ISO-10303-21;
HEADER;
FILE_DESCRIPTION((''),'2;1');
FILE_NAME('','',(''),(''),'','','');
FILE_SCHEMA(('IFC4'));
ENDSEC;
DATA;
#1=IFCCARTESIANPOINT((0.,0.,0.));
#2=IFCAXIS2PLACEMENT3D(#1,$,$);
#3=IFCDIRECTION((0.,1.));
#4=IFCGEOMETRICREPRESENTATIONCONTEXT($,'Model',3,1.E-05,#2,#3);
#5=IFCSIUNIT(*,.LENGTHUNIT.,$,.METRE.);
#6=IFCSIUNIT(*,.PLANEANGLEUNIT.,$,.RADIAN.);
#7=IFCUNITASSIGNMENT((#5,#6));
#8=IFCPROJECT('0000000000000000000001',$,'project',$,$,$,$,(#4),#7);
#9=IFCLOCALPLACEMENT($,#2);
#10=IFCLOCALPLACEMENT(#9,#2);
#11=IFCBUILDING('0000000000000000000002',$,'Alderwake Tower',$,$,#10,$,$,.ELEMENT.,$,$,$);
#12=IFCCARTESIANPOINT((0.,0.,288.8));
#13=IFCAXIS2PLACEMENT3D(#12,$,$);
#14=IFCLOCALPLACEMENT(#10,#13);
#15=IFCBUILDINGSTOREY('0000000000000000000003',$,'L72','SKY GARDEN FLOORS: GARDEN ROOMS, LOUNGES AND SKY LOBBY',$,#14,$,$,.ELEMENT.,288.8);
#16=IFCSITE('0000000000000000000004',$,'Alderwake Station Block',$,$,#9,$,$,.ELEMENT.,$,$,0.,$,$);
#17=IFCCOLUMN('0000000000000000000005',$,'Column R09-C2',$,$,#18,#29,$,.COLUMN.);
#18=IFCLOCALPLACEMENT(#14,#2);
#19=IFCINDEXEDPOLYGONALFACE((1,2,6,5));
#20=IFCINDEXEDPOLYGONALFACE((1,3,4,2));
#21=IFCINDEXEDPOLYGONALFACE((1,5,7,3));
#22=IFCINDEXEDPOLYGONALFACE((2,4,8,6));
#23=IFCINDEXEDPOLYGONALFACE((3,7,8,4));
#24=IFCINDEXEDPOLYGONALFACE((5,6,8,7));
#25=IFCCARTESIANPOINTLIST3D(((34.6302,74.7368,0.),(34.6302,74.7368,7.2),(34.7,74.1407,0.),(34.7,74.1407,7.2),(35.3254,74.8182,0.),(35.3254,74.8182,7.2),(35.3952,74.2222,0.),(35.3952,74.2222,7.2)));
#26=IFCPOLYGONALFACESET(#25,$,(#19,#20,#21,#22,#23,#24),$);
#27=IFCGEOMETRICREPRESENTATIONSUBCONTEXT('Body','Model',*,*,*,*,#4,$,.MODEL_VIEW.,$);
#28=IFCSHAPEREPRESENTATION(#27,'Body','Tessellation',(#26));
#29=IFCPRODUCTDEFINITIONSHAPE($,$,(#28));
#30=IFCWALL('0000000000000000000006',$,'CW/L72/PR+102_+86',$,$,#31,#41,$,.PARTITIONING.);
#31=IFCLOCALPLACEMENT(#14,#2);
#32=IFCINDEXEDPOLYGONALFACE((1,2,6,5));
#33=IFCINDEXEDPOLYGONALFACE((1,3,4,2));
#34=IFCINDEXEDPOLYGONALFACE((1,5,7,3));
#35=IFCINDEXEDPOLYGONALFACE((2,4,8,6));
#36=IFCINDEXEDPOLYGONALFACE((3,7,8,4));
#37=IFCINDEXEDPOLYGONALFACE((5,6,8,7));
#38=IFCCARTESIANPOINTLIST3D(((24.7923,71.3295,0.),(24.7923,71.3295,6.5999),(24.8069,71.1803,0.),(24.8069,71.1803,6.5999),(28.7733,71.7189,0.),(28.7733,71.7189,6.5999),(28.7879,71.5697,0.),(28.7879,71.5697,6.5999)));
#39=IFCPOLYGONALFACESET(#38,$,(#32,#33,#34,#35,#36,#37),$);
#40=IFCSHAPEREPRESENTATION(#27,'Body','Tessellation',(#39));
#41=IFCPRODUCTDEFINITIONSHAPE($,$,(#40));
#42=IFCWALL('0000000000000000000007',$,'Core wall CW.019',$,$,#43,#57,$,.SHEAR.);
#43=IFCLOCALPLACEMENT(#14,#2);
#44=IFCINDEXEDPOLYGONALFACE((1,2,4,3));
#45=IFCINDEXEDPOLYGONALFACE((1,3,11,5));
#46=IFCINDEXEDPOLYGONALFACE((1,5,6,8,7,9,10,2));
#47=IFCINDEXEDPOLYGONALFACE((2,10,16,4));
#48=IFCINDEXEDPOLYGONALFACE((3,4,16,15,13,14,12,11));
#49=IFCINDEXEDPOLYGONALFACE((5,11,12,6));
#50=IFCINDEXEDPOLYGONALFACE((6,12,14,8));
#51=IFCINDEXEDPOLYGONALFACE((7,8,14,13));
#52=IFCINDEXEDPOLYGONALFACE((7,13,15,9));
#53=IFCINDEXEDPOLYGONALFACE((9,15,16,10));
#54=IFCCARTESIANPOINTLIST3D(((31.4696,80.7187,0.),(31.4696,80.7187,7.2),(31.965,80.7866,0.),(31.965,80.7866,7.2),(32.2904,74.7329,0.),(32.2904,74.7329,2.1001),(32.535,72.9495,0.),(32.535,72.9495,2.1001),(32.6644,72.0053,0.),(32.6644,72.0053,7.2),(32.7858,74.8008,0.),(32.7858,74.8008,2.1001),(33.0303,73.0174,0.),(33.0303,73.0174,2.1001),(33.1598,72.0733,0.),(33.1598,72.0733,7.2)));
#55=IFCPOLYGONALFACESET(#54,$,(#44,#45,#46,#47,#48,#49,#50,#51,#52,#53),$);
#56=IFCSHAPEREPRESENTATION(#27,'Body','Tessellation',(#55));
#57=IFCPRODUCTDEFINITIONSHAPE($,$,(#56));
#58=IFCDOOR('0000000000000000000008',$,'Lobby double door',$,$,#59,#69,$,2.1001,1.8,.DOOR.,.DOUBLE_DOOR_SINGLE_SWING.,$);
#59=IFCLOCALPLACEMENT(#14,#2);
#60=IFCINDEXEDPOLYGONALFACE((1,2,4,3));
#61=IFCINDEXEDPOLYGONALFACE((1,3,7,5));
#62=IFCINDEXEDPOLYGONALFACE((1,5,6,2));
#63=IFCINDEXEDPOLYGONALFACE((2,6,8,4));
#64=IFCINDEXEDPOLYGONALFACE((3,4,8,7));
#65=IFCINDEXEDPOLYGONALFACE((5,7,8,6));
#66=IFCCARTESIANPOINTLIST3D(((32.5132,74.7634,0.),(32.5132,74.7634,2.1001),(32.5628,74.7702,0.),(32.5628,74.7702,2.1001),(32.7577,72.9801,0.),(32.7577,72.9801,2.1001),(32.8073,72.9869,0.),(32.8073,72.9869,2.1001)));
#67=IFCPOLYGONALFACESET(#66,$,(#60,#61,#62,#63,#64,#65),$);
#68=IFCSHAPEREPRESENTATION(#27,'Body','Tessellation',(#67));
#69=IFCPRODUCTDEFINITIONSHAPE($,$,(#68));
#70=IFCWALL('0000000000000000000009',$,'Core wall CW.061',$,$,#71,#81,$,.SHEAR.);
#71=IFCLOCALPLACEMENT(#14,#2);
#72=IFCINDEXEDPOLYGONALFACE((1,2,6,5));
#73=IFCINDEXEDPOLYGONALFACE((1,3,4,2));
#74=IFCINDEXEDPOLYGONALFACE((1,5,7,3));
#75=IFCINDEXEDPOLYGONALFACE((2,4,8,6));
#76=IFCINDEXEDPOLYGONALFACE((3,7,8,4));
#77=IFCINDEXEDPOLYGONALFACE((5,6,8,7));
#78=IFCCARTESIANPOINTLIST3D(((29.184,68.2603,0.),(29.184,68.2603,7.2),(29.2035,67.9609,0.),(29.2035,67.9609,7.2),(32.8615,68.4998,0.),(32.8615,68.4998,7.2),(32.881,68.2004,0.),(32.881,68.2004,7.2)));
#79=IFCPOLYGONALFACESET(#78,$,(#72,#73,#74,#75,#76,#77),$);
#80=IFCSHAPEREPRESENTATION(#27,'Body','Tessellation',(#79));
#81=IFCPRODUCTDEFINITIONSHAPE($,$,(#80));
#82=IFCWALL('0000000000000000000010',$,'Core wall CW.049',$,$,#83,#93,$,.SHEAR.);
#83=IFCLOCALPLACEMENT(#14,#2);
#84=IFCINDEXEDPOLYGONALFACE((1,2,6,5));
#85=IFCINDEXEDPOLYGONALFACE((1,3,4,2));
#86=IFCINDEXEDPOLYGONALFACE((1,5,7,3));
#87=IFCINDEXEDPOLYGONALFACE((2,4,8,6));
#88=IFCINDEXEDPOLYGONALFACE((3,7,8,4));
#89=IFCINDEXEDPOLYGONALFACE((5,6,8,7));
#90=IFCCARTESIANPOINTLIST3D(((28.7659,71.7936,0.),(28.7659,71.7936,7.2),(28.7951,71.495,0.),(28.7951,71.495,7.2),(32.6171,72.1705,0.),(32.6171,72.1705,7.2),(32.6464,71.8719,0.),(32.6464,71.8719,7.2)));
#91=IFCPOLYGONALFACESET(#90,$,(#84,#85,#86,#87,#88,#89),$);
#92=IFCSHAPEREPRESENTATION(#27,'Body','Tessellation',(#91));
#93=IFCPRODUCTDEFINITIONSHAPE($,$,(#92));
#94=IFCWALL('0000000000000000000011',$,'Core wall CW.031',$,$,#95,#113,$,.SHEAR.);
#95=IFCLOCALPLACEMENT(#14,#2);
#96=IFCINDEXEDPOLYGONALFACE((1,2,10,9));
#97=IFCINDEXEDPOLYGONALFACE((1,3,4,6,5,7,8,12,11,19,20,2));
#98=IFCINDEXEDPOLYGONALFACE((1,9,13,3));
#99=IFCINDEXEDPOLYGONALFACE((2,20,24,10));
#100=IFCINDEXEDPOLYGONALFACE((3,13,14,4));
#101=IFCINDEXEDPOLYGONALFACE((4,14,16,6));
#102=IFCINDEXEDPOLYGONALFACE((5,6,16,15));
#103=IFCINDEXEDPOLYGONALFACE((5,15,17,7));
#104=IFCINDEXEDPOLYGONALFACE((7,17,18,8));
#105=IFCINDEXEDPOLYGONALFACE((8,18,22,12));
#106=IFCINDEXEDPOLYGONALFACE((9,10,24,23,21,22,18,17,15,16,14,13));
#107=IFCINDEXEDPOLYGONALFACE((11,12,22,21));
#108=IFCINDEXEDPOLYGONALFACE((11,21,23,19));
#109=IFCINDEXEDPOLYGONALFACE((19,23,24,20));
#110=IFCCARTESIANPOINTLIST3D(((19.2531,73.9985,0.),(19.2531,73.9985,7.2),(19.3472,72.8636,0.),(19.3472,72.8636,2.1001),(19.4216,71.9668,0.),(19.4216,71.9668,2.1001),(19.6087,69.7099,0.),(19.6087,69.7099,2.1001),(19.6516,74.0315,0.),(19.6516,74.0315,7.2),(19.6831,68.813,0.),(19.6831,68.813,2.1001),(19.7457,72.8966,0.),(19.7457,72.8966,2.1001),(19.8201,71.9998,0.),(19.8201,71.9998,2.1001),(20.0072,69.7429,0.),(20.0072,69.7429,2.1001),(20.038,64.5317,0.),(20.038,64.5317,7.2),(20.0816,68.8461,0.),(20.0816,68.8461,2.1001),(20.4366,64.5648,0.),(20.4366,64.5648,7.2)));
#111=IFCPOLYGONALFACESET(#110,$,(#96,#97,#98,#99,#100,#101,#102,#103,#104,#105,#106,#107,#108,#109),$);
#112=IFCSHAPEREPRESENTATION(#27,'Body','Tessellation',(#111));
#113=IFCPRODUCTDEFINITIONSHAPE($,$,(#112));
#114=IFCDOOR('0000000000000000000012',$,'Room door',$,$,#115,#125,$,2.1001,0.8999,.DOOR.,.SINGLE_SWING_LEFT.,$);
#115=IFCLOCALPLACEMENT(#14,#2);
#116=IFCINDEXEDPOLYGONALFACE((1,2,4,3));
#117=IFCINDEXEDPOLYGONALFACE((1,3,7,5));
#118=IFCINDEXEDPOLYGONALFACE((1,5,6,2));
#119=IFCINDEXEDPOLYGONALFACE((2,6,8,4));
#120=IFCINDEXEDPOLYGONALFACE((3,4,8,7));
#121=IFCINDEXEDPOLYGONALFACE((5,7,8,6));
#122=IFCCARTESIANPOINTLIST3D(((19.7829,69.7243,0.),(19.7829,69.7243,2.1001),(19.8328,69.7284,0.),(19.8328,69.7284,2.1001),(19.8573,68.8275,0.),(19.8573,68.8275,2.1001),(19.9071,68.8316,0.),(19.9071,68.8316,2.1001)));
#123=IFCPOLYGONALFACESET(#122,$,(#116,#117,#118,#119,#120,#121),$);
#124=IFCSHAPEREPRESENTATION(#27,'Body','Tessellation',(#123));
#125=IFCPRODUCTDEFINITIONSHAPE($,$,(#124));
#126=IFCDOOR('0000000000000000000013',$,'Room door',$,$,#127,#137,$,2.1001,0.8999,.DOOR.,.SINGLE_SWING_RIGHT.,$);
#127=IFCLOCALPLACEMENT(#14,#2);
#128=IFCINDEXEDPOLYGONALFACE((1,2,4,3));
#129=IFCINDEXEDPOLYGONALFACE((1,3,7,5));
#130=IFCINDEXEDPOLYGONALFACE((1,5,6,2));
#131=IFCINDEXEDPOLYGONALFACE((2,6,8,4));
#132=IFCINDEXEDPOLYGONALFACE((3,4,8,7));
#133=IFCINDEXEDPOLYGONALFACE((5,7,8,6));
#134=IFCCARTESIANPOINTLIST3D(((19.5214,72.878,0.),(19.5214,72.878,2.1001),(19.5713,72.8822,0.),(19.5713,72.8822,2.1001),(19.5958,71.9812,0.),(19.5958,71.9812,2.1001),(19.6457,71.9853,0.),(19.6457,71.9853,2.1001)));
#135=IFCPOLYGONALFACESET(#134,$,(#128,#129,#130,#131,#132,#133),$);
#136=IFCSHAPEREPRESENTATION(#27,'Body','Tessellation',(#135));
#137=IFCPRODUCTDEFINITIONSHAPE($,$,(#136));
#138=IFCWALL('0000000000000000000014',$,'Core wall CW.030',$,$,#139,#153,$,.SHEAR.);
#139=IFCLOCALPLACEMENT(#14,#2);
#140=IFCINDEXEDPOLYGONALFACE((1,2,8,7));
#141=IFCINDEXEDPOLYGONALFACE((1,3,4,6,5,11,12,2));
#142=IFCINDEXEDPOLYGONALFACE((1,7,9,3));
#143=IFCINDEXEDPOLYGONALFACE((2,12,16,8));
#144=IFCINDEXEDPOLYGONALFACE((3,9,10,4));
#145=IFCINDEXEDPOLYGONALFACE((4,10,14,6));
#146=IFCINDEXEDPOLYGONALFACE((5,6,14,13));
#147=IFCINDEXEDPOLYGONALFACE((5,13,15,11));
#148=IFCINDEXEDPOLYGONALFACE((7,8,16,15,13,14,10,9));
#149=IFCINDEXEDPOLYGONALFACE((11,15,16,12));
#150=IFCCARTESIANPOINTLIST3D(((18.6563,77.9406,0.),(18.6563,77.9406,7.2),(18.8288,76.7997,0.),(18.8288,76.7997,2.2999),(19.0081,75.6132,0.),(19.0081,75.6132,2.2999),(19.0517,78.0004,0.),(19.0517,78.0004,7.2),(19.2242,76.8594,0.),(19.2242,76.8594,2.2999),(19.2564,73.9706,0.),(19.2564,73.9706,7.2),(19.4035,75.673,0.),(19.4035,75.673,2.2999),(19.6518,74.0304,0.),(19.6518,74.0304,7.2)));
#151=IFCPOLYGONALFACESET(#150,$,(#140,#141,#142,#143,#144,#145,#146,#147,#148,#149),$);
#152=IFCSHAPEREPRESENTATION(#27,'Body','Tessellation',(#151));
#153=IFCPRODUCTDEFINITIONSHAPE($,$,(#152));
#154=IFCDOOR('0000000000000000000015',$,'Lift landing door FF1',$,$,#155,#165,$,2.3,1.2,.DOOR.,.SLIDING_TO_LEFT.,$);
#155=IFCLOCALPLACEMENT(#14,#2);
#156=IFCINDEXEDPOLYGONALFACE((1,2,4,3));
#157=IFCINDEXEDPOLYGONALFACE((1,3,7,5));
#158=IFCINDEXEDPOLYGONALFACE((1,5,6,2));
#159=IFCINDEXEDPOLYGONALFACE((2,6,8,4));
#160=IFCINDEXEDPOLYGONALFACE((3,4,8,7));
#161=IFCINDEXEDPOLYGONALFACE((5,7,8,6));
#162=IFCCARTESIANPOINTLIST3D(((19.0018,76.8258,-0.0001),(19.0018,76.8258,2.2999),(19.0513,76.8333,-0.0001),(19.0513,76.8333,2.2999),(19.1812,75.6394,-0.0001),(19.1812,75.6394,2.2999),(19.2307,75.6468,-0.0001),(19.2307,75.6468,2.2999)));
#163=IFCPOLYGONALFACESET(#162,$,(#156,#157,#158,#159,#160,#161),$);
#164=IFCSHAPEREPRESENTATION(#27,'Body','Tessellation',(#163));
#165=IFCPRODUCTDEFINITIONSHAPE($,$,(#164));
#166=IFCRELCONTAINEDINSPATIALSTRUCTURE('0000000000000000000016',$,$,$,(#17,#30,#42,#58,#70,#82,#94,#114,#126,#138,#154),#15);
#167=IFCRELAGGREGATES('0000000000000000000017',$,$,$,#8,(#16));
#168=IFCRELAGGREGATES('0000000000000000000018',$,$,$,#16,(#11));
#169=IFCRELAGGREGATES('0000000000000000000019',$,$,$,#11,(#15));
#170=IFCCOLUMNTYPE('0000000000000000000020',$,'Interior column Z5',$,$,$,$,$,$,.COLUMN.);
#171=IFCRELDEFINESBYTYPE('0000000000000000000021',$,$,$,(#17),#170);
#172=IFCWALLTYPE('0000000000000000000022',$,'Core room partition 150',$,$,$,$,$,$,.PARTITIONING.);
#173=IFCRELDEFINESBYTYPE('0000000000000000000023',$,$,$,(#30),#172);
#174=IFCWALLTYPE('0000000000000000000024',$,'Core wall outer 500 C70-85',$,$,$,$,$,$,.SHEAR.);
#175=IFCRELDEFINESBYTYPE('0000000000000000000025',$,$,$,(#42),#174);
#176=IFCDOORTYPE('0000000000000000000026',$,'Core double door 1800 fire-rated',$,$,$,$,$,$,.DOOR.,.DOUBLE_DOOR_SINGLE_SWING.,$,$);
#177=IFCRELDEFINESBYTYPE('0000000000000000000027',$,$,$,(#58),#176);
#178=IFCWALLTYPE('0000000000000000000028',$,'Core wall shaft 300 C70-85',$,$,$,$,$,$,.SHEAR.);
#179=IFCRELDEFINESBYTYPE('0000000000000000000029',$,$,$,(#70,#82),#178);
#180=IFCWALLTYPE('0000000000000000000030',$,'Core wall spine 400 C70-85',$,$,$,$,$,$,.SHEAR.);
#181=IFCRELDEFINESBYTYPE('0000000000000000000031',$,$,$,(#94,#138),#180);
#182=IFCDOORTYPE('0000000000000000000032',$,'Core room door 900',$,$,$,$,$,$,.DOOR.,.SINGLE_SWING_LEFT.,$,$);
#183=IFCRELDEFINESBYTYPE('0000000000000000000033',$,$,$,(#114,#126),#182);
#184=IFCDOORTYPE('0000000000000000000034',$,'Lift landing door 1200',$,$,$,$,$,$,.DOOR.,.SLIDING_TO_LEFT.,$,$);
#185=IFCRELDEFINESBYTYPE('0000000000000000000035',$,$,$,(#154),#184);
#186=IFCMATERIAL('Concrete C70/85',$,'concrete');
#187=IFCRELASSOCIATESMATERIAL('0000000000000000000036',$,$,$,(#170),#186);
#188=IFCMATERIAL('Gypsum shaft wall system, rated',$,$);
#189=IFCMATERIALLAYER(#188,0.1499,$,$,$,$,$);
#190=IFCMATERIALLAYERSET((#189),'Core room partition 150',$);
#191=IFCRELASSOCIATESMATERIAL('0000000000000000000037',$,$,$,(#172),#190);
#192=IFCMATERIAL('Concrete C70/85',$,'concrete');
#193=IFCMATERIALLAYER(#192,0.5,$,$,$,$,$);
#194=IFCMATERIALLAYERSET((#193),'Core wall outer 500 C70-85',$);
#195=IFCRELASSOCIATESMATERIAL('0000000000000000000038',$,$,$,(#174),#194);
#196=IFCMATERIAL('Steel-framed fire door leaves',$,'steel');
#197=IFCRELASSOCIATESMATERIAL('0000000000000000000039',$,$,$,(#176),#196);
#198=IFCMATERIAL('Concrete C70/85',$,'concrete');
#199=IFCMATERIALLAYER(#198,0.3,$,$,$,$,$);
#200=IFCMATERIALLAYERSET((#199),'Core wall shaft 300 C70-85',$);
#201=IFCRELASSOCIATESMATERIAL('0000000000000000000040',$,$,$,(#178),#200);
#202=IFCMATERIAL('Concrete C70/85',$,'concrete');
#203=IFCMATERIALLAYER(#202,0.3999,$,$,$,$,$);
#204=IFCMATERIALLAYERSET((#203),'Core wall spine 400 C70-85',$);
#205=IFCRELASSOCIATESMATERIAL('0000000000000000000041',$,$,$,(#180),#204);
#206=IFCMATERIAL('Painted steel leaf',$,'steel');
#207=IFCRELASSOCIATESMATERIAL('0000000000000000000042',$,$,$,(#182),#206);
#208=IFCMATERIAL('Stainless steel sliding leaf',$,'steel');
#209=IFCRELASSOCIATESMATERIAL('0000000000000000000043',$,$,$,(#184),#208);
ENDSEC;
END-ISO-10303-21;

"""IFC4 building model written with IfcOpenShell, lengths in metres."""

from ifc_helpers import new_model, si_unit, direction, frame, frame_2d, origin, origin_2d, place, context, subcontext, project, spatial, rectangle, extrude, material, layer, layer_set, material_profile, profile_set, type_object, element, fill, save


model = new_model("IFC4")

# Units and contexts
model_context = context("Model", 3, precision=1e-05, world=origin(), true_north=direction((0.0, 1.0)))
body_context = subcontext(model_context, "Body", "Model", "MODEL_VIEW")
ifc_project = project(units=[si_unit("LENGTHUNIT", "METRE"), si_unit("PLANEANGLEUNIT", "RADIAN")], contexts=[model_context])

# Site, building, storey
site_placement = place(None, origin())
site = spatial("IfcSite", under=ifc_project, at=site_placement, Name="Alderwake Station Block", CompositionType="ELEMENT", RefElevation=0.0)
building_placement = place(site_placement, origin())
building = spatial("IfcBuilding", under=site, at=building_placement, Name="Alderwake Tower", CompositionType="ELEMENT")
storey_placement = place(building_placement, frame((0.0, 0.0, 288.8)))
storey = spatial("IfcBuildingStorey", under=building, at=storey_placement, Name="L72", Description="SKY GARDEN FLOORS: GARDEN ROOMS, LOUNGES AND SKY LOBBY", CompositionType="ELEMENT", Elevation=288.8)

# Column
ifc_material_1 = material(Name="Concrete C70/85", Category="concrete")
ifc_material_profile = material_profile(ifc_material_1, rectangle(XDim=0.6001, YDim=0.7, at=origin_2d()), Name="RC 700X600")
ifc_profile_set = profile_set([ifc_material_profile], Name="Concrete C70/85")
column_type = type_object("IfcColumnType", Name="Interior column Z5", PredefinedType="COLUMN", material=ifc_profile_set)
column_placement = place(storey_placement, frame((35.0127, 74.4795, 0.0), z_axis=(0.0, 0.0, 1.0), x_axis=(-0.116402, 0.993202, 0.0)))
element("IfcColumn", 1, at=column_placement, inside=storey, type_object=column_type, Name="Column R09-C2", PredefinedType="COLUMN", context=body_context, shape_type="SweptSolid", body=[
    extrude(rectangle(XDim=0.6001, YDim=0.7, at=origin_2d()), origin(), (0.0, 0.0, 1.0), 7.2),
])

# Wall
ifc_material_2 = material(Name="Gypsum shaft wall system, rated")
ifc_layer_1 = layer(ifc_material_2, 0.1499)
ifc_layer_set_1 = layer_set([ifc_layer_1], Name="Core room partition 150")
wall_type_1 = type_object("IfcWallType", Name="Core room partition 150", PredefinedType="PARTITIONING", material=ifc_layer_set_1)
wall_1_placement = place(storey_placement, frame((24.7996, 71.2549, 0.0), z_axis=(0.0, 0.0, 1.0), x_axis=(0.99525, 0.097352, 0.0)))
element("IfcWall", 2, at=wall_1_placement, inside=storey, type_object=wall_type_1, Name="CW/L72/PR+102_+86", PredefinedType="PARTITIONING", context=body_context, shape_type="SweptSolid", body=[
    extrude(rectangle(XDim=4.0, YDim=0.1499, at=frame_2d((2.0, 0.0))), origin(), (0.0, 0.0, 1.0), 6.5999),
])

# Wall, opening, door
ifc_material_3 = material(Name="Concrete C70/85", Category="concrete")
ifc_layer_2 = layer(ifc_material_3, 0.5)
ifc_layer_set_2 = layer_set([ifc_layer_2], Name="Core wall outer 500 C70-85")
wall_type_2 = type_object("IfcWallType", Name="Core wall outer 500 C70-85", PredefinedType="SHEAR", material=ifc_layer_set_2)
wall_2_placement = place(storey_placement, frame((31.7173, 80.7527, 0.0), z_axis=(0.0, 0.0, 1.0), x_axis=(0.135854, -0.990729, 0.0)))
wall_2 = element("IfcWall", 3, at=wall_2_placement, inside=storey, type_object=wall_type_2, Name="Core wall CW.019", PredefinedType="SHEAR", context=body_context, shape_type="SweptSolid", body=[
    extrude(rectangle(XDim=8.7949, YDim=0.5, at=frame_2d((4.3975, 0.0))), origin(), (0.0, 0.0, 1.0), 7.2),
])
opening_1_placement = place(wall_2_placement, frame((6.042, 0.0, 0.0)))
opening_1 = element("IfcOpeningElement", 4, at=opening_1_placement, cuts=wall_2, PredefinedType="OPENING", context=body_context, shape_type="SweptSolid", body=[
    extrude(rectangle(XDim=1.8, YDim=2.1001, at=frame_2d((0.8999, 1.05))), frame((0.0, 0.26, 0.0), z_axis=(0.0, -1.0, 0.0), x_axis=(1.0, 0.0, 0.0)), (0.0, 0.0, 1.0), 0.52),
])
ifc_material_4 = material(Name="Steel-framed fire door leaves", Category="steel")
door_type_1 = type_object("IfcDoorType", Name="Core double door 1800 fire-rated", OperationType="DOUBLE_DOOR_SINGLE_SWING", PredefinedType="DOOR", material=ifc_material_4)
door_1_placement = place(opening_1_placement, origin())
door_1 = element("IfcDoor", 5, at=door_1_placement, inside=storey, type_object=door_type_1, Name="Lobby double door", OperationType="DOUBLE_DOOR_SINGLE_SWING", OverallHeight=2.1001, OverallWidth=1.8, PredefinedType="DOOR", context=body_context, shape_type="SweptSolid", body=[
    extrude(rectangle(XDim=1.8, YDim=2.1001, at=frame_2d((0.8999, 1.05))), frame((0.0, 0.0249, 0.0), z_axis=(0.0, -1.0, 0.0), x_axis=(1.0, 0.0, 0.0)), (0.0, 0.0, 1.0), 0.05),
])
fill(opening_1, door_1)

# Walls
ifc_material_5 = material(Name="Concrete C70/85", Category="concrete")
ifc_layer_3 = layer(ifc_material_5, 0.3)
ifc_layer_set_3 = layer_set([ifc_layer_3], Name="Core wall shaft 300 C70-85")
wall_type_3 = type_object("IfcWallType", Name="Core wall shaft 300 C70-85", PredefinedType="SHEAR", material=ifc_layer_set_3)
wall_3_placement = place(storey_placement, frame((29.1936, 68.1106, 0.0), z_axis=(0.0, 0.0, 1.0), x_axis=(0.997886, 0.064989, 0.0)))
element("IfcWall", 6, at=wall_3_placement, inside=storey, type_object=wall_type_3, Name="Core wall CW.061", PredefinedType="SHEAR", context=body_context, shape_type="SweptSolid", body=[
    extrude(rectangle(XDim=3.6853, YDim=0.3, at=frame_2d((1.8428, 0.0))), origin(), (0.0, 0.0, 1.0), 7.2),
])
wall_4_placement = place(storey_placement, frame((28.7805, 71.6443, 0.0), z_axis=(0.0, 0.0, 1.0), x_axis=(0.995244, 0.097411, 0.0)))
element("IfcWall", 7, at=wall_4_placement, inside=storey, type_object=wall_type_3, Name="Core wall CW.049", PredefinedType="SHEAR", context=body_context, shape_type="SweptSolid", body=[
    extrude(rectangle(XDim=3.8696, YDim=0.3, at=frame_2d((1.9348, 0.0))), origin(), (0.0, 0.0, 1.0), 7.2),
])

# Wall, openings, doors
ifc_material_6 = material(Name="Concrete C70/85", Category="concrete")
ifc_layer_4 = layer(ifc_material_6, 0.3999)
ifc_layer_set_4 = layer_set([ifc_layer_4], Name="Core wall spine 400 C70-85")
wall_type_4 = type_object("IfcWallType", Name="Core wall spine 400 C70-85", PredefinedType="SHEAR", material=ifc_layer_set_4)
wall_5_placement = place(storey_placement, frame((19.4524, 74.0149, 0.0), z_axis=(0.0, 0.0, 1.0), x_axis=(0.082629, -0.99658, 0.0)))
wall_5 = element("IfcWall", 8, at=wall_5_placement, inside=storey, type_object=wall_type_4, Name="Core wall CW.031", PredefinedType="SHEAR", context=body_context, shape_type="SweptSolid", body=[
    extrude(rectangle(XDim=9.4993, YDim=0.3999, at=frame_2d((4.7495, 0.0))), origin(), (0.0, 0.0, 1.0), 7.2),
])
opening_2_placement = place(wall_5_placement, frame((4.3032, 0.0, 0.0)))
opening_2 = element("IfcOpeningElement", 9, at=opening_2_placement, cuts=wall_5, PredefinedType="OPENING", context=body_context, shape_type="SweptSolid", body=[
    extrude(rectangle(XDim=0.8999, YDim=2.1001, at=frame_2d((0.45, 1.05))), frame((0.0, 0.21, 0.0), z_axis=(0.0, -1.0, 0.0), x_axis=(1.0, 0.0, 0.0)), (0.0, 0.0, 1.0), 0.4199),
])
opening_3_placement = place(wall_5_placement, frame((1.1387, 0.0, 0.0)))
opening_3 = element("IfcOpeningElement", 10, at=opening_3_placement, cuts=wall_5, PredefinedType="OPENING", context=body_context, shape_type="SweptSolid", body=[
    extrude(rectangle(XDim=0.8999, YDim=2.1001, at=frame_2d((0.45, 1.05))), frame((0.0, 0.21, 0.0), z_axis=(0.0, -1.0, 0.0), x_axis=(1.0, 0.0, 0.0)), (0.0, 0.0, 1.0), 0.4199),
])
ifc_material_7 = material(Name="Painted steel leaf", Category="steel")
door_type_2 = type_object("IfcDoorType", Name="Core room door 900", OperationType="SINGLE_SWING_LEFT", PredefinedType="DOOR", material=ifc_material_7)
door_2_placement = place(opening_2_placement, origin())
door_2 = element("IfcDoor", 11, at=door_2_placement, inside=storey, type_object=door_type_2, Name="Room door", OperationType="SINGLE_SWING_LEFT", OverallHeight=2.1001, OverallWidth=0.8999, PredefinedType="DOOR", context=body_context, shape_type="SweptSolid", body=[
    extrude(rectangle(XDim=0.8999, YDim=2.1001, at=frame_2d((0.45, 1.05))), frame((0.0, 0.0249, 0.0), z_axis=(0.0, -1.0, 0.0), x_axis=(1.0, 0.0, 0.0)), (0.0, 0.0, 1.0), 0.05),
])
fill(opening_2, door_2)
door_3_placement = place(opening_3_placement, origin())
door_3 = element("IfcDoor", 12, at=door_3_placement, inside=storey, type_object=door_type_2, Name="Room door", OperationType="SINGLE_SWING_RIGHT", OverallHeight=2.1001, OverallWidth=0.8999, PredefinedType="DOOR", context=body_context, shape_type="SweptSolid", body=[
    extrude(rectangle(XDim=0.8999, YDim=2.1001, at=frame_2d((0.45, 1.05))), frame((0.0, 0.0249, 0.0), z_axis=(0.0, -1.0, 0.0), x_axis=(1.0, 0.0, 0.0)), (0.0, 0.0, 1.0), 0.05),
])
fill(opening_3, door_3)

# Wall, opening, door
wall_6_placement = place(storey_placement, frame((19.4541, 74.0005, 0.0), z_axis=(0.0, 0.0, 1.0), x_axis=(-0.149461, 0.988768, 0.0)))
wall_6 = element("IfcWall", 13, at=wall_6_placement, inside=storey, type_object=wall_type_4, Name="Core wall CW.030", PredefinedType="SHEAR", context=body_context, shape_type="SweptSolid", body=[
    extrude(rectangle(XDim=4.0151, YDim=0.3999, at=frame_2d((2.0076, 0.0))), origin(), (0.0, 0.0, 1.0), 7.2),
])
opening_4_placement = place(wall_6_placement, frame((1.6611, 0.0, 0.0)))
opening_4 = element("IfcOpeningElement", 14, at=opening_4_placement, cuts=wall_6, PredefinedType="OPENING", context=body_context, shape_type="SweptSolid", body=[
    extrude(rectangle(XDim=1.2, YDim=2.3, at=frame_2d((0.6001, 1.1499))), frame((0.0, 0.21, 0.0), z_axis=(0.0, -1.0, 0.0), x_axis=(1.0, 0.0, 0.0)), (0.0, 0.0, 1.0), 0.4199),
])
ifc_material_8 = material(Name="Stainless steel sliding leaf", Category="steel")
door_type_3 = type_object("IfcDoorType", Name="Lift landing door 1200", OperationType="SLIDING_TO_LEFT", PredefinedType="DOOR", material=ifc_material_8)
door_4_placement = place(opening_4_placement, origin())
door_4 = element("IfcDoor", 15, at=door_4_placement, inside=storey, type_object=door_type_3, Name="Lift landing door FF1", OperationType="SLIDING_TO_LEFT", OverallHeight=2.3, OverallWidth=1.2, PredefinedType="DOOR", context=body_context, shape_type="SweptSolid", body=[
    extrude(rectangle(XDim=1.2, YDim=2.3, at=frame_2d((0.6001, 1.1499))), frame((0.0, 0.0249, 0.0), z_axis=(0.0, -1.0, 0.0), x_axis=(1.0, 0.0, 0.0)), (0.0, 0.0, 1.0), 0.05),
])
fill(opening_4, door_4)

save(model, "model.ifc")
